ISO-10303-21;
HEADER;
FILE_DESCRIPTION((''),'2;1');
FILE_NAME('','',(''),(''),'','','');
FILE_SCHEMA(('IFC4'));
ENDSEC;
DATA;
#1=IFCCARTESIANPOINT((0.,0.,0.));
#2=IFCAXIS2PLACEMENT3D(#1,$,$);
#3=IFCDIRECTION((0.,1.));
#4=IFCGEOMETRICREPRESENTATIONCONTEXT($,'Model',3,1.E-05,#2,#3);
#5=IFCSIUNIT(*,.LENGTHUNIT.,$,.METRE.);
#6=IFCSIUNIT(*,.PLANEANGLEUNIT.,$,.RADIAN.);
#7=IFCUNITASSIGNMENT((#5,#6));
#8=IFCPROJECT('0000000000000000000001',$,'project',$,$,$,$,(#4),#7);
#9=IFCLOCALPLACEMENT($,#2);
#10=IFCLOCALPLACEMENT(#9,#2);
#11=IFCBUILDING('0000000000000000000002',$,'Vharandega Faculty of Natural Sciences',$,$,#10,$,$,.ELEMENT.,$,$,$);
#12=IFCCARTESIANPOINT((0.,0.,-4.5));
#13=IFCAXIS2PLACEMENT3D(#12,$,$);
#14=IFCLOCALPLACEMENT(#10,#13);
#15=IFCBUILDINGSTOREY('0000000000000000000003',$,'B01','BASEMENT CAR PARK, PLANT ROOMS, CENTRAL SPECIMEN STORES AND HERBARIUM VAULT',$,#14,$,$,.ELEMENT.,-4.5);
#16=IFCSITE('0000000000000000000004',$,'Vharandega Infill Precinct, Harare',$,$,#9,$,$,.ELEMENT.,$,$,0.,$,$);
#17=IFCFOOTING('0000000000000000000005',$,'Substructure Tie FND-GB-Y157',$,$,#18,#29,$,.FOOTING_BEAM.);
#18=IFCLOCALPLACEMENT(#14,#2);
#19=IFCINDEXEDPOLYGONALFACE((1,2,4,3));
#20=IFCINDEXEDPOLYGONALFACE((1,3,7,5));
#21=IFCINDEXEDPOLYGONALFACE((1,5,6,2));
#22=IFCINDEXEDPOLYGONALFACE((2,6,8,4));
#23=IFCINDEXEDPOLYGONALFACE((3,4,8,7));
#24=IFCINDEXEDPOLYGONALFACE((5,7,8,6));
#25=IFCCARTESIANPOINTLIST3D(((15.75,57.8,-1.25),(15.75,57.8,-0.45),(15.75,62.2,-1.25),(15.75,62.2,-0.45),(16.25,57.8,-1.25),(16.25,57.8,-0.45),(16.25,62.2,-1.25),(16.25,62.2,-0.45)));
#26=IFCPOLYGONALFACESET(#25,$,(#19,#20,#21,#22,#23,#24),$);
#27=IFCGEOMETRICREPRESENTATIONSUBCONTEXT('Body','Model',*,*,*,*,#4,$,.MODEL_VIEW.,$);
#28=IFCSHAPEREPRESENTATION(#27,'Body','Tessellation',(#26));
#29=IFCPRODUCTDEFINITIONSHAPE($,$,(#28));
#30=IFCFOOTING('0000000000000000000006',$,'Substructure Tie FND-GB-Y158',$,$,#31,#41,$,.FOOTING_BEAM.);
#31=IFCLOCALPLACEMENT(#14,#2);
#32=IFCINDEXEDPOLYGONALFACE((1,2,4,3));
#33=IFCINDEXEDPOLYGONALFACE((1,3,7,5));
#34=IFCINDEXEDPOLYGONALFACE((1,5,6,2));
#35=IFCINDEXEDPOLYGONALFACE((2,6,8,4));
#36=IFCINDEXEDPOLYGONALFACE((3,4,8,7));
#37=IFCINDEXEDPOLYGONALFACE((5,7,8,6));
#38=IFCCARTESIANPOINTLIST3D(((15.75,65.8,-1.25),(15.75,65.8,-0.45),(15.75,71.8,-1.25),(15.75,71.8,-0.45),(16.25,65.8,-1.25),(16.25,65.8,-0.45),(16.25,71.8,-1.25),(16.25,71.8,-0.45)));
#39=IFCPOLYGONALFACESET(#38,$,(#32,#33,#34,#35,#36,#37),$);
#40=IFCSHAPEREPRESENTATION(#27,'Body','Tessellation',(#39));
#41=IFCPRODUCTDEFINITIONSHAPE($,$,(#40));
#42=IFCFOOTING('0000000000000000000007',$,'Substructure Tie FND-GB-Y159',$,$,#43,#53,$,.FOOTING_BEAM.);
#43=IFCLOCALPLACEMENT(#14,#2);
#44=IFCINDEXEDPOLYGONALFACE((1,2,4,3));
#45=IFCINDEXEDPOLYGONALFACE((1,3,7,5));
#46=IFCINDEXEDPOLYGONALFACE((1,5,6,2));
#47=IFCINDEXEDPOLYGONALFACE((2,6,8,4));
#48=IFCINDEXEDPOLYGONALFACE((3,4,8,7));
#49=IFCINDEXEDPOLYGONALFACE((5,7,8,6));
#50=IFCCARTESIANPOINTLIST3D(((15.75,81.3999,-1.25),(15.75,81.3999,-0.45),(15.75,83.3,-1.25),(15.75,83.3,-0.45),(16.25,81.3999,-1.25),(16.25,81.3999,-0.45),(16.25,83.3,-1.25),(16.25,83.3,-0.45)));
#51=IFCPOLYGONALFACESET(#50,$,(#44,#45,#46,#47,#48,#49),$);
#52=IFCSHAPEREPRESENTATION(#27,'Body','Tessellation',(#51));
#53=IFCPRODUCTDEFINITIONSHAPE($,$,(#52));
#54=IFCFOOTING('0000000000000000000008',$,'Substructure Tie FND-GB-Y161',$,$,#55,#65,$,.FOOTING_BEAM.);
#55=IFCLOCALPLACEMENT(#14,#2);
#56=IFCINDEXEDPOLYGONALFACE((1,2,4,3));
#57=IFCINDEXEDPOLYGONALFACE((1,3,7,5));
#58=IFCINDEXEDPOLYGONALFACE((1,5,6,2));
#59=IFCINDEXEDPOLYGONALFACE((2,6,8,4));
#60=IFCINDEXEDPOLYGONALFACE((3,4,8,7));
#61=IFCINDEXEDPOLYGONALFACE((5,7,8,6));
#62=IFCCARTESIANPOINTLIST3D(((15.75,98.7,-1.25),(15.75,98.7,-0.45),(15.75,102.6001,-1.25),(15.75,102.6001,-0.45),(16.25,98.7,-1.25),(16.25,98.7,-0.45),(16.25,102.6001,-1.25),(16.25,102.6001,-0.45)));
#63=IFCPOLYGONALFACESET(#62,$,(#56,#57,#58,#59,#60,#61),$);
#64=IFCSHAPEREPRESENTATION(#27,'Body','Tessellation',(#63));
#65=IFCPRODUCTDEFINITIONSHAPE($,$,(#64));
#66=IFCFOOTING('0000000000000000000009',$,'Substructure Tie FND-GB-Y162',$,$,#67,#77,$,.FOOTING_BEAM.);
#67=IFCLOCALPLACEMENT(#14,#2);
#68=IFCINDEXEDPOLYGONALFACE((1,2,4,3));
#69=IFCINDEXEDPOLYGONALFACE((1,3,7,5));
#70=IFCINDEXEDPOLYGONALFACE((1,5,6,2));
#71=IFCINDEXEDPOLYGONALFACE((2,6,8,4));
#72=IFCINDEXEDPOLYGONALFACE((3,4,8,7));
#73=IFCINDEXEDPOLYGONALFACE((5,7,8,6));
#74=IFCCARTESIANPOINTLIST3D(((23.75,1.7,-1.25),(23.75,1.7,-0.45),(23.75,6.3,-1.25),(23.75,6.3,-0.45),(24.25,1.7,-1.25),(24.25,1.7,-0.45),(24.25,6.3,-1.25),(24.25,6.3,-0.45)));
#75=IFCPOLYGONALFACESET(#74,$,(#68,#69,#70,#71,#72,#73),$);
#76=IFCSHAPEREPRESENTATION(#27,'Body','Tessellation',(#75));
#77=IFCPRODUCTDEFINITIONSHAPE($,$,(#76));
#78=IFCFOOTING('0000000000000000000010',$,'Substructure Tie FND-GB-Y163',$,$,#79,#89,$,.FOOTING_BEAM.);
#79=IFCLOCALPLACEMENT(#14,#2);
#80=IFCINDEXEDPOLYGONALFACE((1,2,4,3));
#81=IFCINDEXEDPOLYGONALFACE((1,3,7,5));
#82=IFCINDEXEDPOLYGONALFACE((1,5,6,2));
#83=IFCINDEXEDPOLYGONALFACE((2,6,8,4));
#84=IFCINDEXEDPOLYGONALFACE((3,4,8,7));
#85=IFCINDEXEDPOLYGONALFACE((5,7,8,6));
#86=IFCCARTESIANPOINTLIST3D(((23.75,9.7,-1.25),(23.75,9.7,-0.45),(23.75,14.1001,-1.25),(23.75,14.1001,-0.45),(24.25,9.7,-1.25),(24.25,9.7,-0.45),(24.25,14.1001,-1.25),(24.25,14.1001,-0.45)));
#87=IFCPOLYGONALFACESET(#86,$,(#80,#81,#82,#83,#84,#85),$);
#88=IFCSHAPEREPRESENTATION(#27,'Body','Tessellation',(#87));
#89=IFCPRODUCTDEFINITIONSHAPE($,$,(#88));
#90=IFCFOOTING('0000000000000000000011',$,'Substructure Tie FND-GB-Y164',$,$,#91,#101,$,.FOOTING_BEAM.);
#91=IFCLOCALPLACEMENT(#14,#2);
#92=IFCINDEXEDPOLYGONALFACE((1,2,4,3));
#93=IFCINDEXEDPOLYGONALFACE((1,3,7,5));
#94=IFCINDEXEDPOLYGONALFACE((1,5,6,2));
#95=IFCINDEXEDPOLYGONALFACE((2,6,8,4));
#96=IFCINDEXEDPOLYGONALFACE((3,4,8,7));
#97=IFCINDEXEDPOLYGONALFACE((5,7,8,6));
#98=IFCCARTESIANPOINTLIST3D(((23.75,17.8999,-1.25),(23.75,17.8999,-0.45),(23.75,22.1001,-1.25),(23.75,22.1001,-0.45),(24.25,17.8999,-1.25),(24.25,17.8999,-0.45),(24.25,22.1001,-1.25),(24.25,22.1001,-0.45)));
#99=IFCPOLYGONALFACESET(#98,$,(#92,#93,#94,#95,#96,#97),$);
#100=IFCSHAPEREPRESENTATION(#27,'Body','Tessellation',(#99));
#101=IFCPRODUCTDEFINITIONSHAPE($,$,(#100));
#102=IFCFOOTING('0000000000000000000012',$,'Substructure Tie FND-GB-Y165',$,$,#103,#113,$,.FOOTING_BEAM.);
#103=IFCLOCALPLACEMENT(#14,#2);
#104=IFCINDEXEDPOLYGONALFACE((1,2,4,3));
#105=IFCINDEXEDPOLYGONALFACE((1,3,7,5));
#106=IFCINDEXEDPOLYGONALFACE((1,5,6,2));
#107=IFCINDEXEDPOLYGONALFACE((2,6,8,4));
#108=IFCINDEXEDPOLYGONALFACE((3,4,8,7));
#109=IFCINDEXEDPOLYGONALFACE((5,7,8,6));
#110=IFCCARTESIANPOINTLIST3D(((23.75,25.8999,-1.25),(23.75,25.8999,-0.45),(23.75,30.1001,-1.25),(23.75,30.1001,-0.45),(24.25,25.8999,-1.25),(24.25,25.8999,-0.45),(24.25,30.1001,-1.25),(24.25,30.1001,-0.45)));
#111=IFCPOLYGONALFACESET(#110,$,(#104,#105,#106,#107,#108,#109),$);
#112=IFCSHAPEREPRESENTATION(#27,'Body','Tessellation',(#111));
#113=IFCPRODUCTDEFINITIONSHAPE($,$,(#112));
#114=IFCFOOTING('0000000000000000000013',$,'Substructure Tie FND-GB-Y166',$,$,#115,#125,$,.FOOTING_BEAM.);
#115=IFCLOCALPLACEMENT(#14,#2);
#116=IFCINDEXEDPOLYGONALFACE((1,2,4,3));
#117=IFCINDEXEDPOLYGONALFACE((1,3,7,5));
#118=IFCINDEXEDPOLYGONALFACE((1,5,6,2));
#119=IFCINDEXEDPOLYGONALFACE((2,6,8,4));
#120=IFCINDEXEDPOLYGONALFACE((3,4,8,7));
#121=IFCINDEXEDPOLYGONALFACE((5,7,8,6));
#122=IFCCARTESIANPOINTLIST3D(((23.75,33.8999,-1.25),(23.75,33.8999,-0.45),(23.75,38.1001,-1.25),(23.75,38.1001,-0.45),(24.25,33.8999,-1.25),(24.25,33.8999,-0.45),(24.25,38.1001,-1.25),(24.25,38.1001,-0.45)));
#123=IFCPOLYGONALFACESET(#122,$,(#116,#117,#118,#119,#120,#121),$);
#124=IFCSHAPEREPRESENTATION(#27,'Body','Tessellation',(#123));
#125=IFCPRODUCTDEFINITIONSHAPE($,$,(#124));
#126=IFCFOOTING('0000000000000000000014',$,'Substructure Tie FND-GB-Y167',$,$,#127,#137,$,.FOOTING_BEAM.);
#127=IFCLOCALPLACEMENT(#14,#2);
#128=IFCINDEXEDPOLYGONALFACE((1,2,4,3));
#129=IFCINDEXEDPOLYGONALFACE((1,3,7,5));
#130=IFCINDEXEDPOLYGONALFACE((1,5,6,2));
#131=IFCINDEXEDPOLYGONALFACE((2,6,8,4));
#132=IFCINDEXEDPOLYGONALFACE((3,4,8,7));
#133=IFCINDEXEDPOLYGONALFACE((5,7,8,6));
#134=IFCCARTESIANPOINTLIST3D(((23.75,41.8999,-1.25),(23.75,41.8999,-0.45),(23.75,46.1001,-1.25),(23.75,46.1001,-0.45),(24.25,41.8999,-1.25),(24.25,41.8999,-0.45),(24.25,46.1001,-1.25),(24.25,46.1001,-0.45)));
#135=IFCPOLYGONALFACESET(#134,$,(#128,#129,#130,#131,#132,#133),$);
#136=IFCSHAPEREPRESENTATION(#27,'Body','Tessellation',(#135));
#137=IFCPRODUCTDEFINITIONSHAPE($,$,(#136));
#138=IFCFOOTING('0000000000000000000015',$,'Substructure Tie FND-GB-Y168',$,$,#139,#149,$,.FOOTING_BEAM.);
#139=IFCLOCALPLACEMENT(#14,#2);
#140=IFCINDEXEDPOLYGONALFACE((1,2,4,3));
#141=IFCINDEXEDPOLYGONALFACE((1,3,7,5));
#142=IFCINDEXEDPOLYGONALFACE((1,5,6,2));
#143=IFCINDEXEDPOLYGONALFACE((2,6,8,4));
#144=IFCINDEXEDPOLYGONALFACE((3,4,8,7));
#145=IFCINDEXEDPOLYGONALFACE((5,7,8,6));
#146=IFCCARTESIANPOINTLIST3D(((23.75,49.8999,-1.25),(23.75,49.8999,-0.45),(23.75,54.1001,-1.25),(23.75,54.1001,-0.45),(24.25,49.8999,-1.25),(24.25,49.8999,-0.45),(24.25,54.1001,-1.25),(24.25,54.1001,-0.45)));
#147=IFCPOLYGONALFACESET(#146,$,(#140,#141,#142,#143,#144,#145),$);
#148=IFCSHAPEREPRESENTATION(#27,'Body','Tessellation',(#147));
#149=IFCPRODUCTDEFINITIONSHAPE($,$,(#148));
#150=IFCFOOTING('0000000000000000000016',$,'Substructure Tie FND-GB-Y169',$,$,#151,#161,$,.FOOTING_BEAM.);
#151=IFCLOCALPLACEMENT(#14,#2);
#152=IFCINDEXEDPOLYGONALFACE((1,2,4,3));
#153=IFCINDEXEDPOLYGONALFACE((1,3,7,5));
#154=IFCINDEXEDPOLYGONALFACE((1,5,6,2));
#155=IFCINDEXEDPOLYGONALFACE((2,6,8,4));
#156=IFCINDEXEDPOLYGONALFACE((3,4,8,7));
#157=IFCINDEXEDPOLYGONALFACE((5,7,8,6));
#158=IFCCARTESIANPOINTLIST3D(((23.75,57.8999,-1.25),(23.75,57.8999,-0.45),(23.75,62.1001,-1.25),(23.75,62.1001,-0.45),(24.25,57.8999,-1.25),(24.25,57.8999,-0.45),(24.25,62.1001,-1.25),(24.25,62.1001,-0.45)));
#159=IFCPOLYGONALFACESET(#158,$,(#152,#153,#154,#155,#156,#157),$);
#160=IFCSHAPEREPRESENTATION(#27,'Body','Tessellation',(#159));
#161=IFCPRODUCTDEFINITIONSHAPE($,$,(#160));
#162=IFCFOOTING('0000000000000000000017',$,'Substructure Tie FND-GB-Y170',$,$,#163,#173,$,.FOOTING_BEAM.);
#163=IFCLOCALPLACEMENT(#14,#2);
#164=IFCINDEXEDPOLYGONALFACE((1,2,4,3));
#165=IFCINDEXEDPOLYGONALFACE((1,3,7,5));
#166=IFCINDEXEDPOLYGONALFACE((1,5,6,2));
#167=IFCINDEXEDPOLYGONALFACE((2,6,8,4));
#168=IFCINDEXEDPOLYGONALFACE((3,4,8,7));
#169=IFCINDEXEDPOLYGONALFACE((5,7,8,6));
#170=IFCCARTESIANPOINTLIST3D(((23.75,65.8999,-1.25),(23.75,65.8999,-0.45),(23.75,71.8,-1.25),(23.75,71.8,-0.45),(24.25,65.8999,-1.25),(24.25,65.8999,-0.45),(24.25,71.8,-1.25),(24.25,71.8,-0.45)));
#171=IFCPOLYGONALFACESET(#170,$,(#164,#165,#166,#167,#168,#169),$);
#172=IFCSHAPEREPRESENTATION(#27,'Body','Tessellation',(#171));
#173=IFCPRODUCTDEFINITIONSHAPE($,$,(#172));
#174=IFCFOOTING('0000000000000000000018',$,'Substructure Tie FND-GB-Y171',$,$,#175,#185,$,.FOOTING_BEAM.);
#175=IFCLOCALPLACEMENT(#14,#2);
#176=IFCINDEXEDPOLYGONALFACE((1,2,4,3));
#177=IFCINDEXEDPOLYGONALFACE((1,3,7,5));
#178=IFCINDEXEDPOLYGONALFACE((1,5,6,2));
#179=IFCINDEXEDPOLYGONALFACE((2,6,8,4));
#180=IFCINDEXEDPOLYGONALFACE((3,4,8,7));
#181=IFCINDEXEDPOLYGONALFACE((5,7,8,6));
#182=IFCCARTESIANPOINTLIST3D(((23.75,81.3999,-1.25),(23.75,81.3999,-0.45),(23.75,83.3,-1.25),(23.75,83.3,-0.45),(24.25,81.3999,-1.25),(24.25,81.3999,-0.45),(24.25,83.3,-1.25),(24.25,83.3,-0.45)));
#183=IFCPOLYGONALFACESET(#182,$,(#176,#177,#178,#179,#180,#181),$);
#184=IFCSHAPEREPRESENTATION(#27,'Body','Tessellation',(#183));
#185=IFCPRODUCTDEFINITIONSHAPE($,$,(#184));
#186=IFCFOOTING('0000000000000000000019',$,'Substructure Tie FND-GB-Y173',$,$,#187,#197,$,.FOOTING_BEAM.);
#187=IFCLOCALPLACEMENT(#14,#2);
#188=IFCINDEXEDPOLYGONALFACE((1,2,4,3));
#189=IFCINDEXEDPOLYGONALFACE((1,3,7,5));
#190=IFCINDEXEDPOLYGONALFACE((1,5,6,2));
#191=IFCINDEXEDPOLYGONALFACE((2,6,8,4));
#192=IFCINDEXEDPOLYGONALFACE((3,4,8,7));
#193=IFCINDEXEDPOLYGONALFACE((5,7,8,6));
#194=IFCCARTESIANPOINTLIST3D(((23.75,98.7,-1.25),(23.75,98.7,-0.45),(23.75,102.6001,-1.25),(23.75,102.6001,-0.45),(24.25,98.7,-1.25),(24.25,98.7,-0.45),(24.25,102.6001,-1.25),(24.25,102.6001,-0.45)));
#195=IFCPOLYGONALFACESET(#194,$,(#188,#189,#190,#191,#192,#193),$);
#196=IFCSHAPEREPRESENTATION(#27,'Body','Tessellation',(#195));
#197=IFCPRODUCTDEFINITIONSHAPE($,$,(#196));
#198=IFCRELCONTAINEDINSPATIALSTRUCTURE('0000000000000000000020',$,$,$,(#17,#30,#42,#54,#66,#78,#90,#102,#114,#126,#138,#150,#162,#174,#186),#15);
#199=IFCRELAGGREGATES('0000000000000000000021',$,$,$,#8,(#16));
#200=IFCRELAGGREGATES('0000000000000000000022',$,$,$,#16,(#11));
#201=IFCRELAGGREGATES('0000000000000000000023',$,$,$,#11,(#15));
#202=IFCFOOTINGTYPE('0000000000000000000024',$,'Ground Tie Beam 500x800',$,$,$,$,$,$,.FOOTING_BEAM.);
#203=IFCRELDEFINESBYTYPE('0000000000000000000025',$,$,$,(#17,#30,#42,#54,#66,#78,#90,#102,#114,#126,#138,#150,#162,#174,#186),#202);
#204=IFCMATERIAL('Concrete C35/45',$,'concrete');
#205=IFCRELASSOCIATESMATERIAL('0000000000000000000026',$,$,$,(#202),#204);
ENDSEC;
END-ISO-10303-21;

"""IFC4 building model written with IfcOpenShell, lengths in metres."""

from ifc_helpers import new_model, si_unit, direction, frame, origin, place, context, subcontext, project, spatial, polyline, outline, extrude, material, type_object, element, save


model = new_model("IFC4")

# Units and contexts
model_context = context("Model", 3, precision=1e-05, world=origin(), true_north=direction((0.0, 1.0)))
body_context = subcontext(model_context, "Body", "Model", "MODEL_VIEW")
ifc_project = project(units=[si_unit("LENGTHUNIT", "METRE"), si_unit("PLANEANGLEUNIT", "RADIAN")], contexts=[model_context])

# Site, building, storey
site_placement = place(None, origin())
site = spatial("IfcSite", under=ifc_project, at=site_placement, Name="Vharandega Infill Precinct, Harare", CompositionType="ELEMENT", RefElevation=0.0)
building_placement = place(site_placement, origin())
building = spatial("IfcBuilding", under=site, at=building_placement, Name="Vharandega Faculty of Natural Sciences", CompositionType="ELEMENT")
storey_placement = place(building_placement, frame((0.0, 0.0, -4.5)))
storey = spatial("IfcBuildingStorey", under=building, at=storey_placement, Name="B01", Description="BASEMENT CAR PARK, PLANT ROOMS, CENTRAL SPECIMEN STORES AND HERBARIUM VAULT", CompositionType="ELEMENT", Elevation=-4.5)

# Footings
ifc_material = material(Name="Concrete C35/45", Category="concrete")
footing_type = type_object("IfcFootingType", Name="Ground Tie Beam 500x800", PredefinedType="FOOTING_BEAM", material=ifc_material)
footing_1_placement = place(storey_placement, frame((0.0, 0.0, -1.25)))
element("IfcFooting", 1, at=footing_1_placement, inside=storey, type_object=footing_type, Name="Substructure Tie FND-GB-Y157", PredefinedType="FOOTING_BEAM", context=body_context, shape_type="SweptSolid", body=[
    extrude(outline(polyline([(15.75, 57.8), (16.25, 57.8), (16.25, 62.2), (15.75, 62.2), (15.75, 57.8)])), origin(), (0.0, 0.0, 1.0), 0.8),
])
footing_2_placement = place(storey_placement, frame((0.0, 0.0, -1.25)))
element("IfcFooting", 2, at=footing_2_placement, inside=storey, type_object=footing_type, Name="Substructure Tie FND-GB-Y158", PredefinedType="FOOTING_BEAM", context=body_context, shape_type="SweptSolid", body=[
    extrude(outline(polyline([(15.75, 65.8), (16.25, 65.8), (16.25, 71.8), (15.75, 71.8), (15.75, 65.8)])), origin(), (0.0, 0.0, 1.0), 0.8),
])
footing_3_placement = place(storey_placement, frame((0.0, 0.0, -1.25)))
element("IfcFooting", 3, at=footing_3_placement, inside=storey, type_object=footing_type, Name="Substructure Tie FND-GB-Y159", PredefinedType="FOOTING_BEAM", context=body_context, shape_type="SweptSolid", body=[
    extrude(outline(polyline([(15.75, 81.3999), (16.25, 81.3999), (16.25, 83.3), (15.75, 83.3), (15.75, 81.3999)])), origin(), (0.0, 0.0, 1.0), 0.8),
])
footing_4_placement = place(storey_placement, frame((0.0, 0.0, -1.25)))
element("IfcFooting", 4, at=footing_4_placement, inside=storey, type_object=footing_type, Name="Substructure Tie FND-GB-Y161", PredefinedType="FOOTING_BEAM", context=body_context, shape_type="SweptSolid", body=[
    extrude(outline(polyline([(15.75, 98.7), (16.25, 98.7), (16.25, 102.6001), (15.75, 102.6001), (15.75, 98.7)])), origin(), (0.0, 0.0, 1.0), 0.8),
])
footing_5_placement = place(storey_placement, frame((0.0, 0.0, -1.25)))
element("IfcFooting", 5, at=footing_5_placement, inside=storey, type_object=footing_type, Name="Substructure Tie FND-GB-Y162", PredefinedType="FOOTING_BEAM", context=body_context, shape_type="SweptSolid", body=[
    extrude(outline(polyline([(23.75, 1.7), (24.25, 1.7), (24.25, 6.3), (23.75, 6.3), (23.75, 1.7)])), origin(), (0.0, 0.0, 1.0), 0.8),
])
footing_6_placement = place(storey_placement, frame((0.0, 0.0, -1.25)))
element("IfcFooting", 6, at=footing_6_placement, inside=storey, type_object=footing_type, Name="Substructure Tie FND-GB-Y163", PredefinedType="FOOTING_BEAM", context=body_context, shape_type="SweptSolid", body=[
    extrude(outline(polyline([(23.75, 9.7), (24.25, 9.7), (24.25, 14.1001), (23.75, 14.1001), (23.75, 9.7)])), origin(), (0.0, 0.0, 1.0), 0.8),
])
footing_7_placement = place(storey_placement, frame((0.0, 0.0, -1.25)))
element("IfcFooting", 7, at=footing_7_placement, inside=storey, type_object=footing_type, Name="Substructure Tie FND-GB-Y164", PredefinedType="FOOTING_BEAM", context=body_context, shape_type="SweptSolid", body=[
    extrude(outline(polyline([(23.75, 17.8999), (24.25, 17.8999), (24.25, 22.1001), (23.75, 22.1001), (23.75, 17.8999)])), origin(), (0.0, 0.0, 1.0), 0.8),
])
footing_8_placement = place(storey_placement, frame((0.0, 0.0, -1.25)))
element("IfcFooting", 8, at=footing_8_placement, inside=storey, type_object=footing_type, Name="Substructure Tie FND-GB-Y165", PredefinedType="FOOTING_BEAM", context=body_context, shape_type="SweptSolid", body=[
    extrude(outline(polyline([(23.75, 25.8999), (24.25, 25.8999), (24.25, 30.1001), (23.75, 30.1001), (23.75, 25.8999)])), origin(), (0.0, 0.0, 1.0), 0.8),
])
footing_9_placement = place(storey_placement, frame((0.0, 0.0, -1.25)))
element("IfcFooting", 9, at=footing_9_placement, inside=storey, type_object=footing_type, Name="Substructure Tie FND-GB-Y166", PredefinedType="FOOTING_BEAM", context=body_context, shape_type="SweptSolid", body=[
    extrude(outline(polyline([(23.75, 33.8999), (24.25, 33.8999), (24.25, 38.1001), (23.75, 38.1001), (23.75, 33.8999)])), origin(), (0.0, 0.0, 1.0), 0.8),
])
footing_10_placement = place(storey_placement, frame((0.0, 0.0, -1.25)))
element("IfcFooting", 10, at=footing_10_placement, inside=storey, type_object=footing_type, Name="Substructure Tie FND-GB-Y167", PredefinedType="FOOTING_BEAM", context=body_context, shape_type="SweptSolid", body=[
    extrude(outline(polyline([(23.75, 41.8999), (24.25, 41.8999), (24.25, 46.1001), (23.75, 46.1001), (23.75, 41.8999)])), origin(), (0.0, 0.0, 1.0), 0.8),
])
footing_11_placement = place(storey_placement, frame((0.0, 0.0, -1.25)))
element("IfcFooting", 11, at=footing_11_placement, inside=storey, type_object=footing_type, Name="Substructure Tie FND-GB-Y168", PredefinedType="FOOTING_BEAM", context=body_context, shape_type="SweptSolid", body=[
    extrude(outline(polyline([(23.75, 49.8999), (24.25, 49.8999), (24.25, 54.1001), (23.75, 54.1001), (23.75, 49.8999)])), origin(), (0.0, 0.0, 1.0), 0.8),
])
footing_12_placement = place(storey_placement, frame((0.0, 0.0, -1.25)))
element("IfcFooting", 12, at=footing_12_placement, inside=storey, type_object=footing_type, Name="Substructure Tie FND-GB-Y169", PredefinedType="FOOTING_BEAM", context=body_context, shape_type="SweptSolid", body=[
    extrude(outline(polyline([(23.75, 57.8999), (24.25, 57.8999), (24.25, 62.1001), (23.75, 62.1001), (23.75, 57.8999)])), origin(), (0.0, 0.0, 1.0), 0.8),
])
footing_13_placement = place(storey_placement, frame((0.0, 0.0, -1.25)))
element("IfcFooting", 13, at=footing_13_placement, inside=storey, type_object=footing_type, Name="Substructure Tie FND-GB-Y170", PredefinedType="FOOTING_BEAM", context=body_context, shape_type="SweptSolid", body=[
    extrude(outline(polyline([(23.75, 65.8999), (24.25, 65.8999), (24.25, 71.8), (23.75, 71.8), (23.75, 65.8999)])), origin(), (0.0, 0.0, 1.0), 0.8),
])
footing_14_placement = place(storey_placement, frame((0.0, 0.0, -1.25)))
element("IfcFooting", 14, at=footing_14_placement, inside=storey, type_object=footing_type, Name="Substructure Tie FND-GB-Y171", PredefinedType="FOOTING_BEAM", context=body_context, shape_type="SweptSolid", body=[
    extrude(outline(polyline([(23.75, 81.3999), (24.25, 81.3999), (24.25, 83.3), (23.75, 83.3), (23.75, 81.3999)])), origin(), (0.0, 0.0, 1.0), 0.8),
])
footing_15_placement = place(storey_placement, frame((0.0, 0.0, -1.25)))
element("IfcFooting", 15, at=footing_15_placement, inside=storey, type_object=footing_type, Name="Substructure Tie FND-GB-Y173", PredefinedType="FOOTING_BEAM", context=body_context, shape_type="SweptSolid", body=[
    extrude(outline(polyline([(23.75, 98.7), (24.25, 98.7), (24.25, 102.6001), (23.75, 102.6001), (23.75, 98.7)])), origin(), (0.0, 0.0, 1.0), 0.8),
])

save(model, "model.ifc")
